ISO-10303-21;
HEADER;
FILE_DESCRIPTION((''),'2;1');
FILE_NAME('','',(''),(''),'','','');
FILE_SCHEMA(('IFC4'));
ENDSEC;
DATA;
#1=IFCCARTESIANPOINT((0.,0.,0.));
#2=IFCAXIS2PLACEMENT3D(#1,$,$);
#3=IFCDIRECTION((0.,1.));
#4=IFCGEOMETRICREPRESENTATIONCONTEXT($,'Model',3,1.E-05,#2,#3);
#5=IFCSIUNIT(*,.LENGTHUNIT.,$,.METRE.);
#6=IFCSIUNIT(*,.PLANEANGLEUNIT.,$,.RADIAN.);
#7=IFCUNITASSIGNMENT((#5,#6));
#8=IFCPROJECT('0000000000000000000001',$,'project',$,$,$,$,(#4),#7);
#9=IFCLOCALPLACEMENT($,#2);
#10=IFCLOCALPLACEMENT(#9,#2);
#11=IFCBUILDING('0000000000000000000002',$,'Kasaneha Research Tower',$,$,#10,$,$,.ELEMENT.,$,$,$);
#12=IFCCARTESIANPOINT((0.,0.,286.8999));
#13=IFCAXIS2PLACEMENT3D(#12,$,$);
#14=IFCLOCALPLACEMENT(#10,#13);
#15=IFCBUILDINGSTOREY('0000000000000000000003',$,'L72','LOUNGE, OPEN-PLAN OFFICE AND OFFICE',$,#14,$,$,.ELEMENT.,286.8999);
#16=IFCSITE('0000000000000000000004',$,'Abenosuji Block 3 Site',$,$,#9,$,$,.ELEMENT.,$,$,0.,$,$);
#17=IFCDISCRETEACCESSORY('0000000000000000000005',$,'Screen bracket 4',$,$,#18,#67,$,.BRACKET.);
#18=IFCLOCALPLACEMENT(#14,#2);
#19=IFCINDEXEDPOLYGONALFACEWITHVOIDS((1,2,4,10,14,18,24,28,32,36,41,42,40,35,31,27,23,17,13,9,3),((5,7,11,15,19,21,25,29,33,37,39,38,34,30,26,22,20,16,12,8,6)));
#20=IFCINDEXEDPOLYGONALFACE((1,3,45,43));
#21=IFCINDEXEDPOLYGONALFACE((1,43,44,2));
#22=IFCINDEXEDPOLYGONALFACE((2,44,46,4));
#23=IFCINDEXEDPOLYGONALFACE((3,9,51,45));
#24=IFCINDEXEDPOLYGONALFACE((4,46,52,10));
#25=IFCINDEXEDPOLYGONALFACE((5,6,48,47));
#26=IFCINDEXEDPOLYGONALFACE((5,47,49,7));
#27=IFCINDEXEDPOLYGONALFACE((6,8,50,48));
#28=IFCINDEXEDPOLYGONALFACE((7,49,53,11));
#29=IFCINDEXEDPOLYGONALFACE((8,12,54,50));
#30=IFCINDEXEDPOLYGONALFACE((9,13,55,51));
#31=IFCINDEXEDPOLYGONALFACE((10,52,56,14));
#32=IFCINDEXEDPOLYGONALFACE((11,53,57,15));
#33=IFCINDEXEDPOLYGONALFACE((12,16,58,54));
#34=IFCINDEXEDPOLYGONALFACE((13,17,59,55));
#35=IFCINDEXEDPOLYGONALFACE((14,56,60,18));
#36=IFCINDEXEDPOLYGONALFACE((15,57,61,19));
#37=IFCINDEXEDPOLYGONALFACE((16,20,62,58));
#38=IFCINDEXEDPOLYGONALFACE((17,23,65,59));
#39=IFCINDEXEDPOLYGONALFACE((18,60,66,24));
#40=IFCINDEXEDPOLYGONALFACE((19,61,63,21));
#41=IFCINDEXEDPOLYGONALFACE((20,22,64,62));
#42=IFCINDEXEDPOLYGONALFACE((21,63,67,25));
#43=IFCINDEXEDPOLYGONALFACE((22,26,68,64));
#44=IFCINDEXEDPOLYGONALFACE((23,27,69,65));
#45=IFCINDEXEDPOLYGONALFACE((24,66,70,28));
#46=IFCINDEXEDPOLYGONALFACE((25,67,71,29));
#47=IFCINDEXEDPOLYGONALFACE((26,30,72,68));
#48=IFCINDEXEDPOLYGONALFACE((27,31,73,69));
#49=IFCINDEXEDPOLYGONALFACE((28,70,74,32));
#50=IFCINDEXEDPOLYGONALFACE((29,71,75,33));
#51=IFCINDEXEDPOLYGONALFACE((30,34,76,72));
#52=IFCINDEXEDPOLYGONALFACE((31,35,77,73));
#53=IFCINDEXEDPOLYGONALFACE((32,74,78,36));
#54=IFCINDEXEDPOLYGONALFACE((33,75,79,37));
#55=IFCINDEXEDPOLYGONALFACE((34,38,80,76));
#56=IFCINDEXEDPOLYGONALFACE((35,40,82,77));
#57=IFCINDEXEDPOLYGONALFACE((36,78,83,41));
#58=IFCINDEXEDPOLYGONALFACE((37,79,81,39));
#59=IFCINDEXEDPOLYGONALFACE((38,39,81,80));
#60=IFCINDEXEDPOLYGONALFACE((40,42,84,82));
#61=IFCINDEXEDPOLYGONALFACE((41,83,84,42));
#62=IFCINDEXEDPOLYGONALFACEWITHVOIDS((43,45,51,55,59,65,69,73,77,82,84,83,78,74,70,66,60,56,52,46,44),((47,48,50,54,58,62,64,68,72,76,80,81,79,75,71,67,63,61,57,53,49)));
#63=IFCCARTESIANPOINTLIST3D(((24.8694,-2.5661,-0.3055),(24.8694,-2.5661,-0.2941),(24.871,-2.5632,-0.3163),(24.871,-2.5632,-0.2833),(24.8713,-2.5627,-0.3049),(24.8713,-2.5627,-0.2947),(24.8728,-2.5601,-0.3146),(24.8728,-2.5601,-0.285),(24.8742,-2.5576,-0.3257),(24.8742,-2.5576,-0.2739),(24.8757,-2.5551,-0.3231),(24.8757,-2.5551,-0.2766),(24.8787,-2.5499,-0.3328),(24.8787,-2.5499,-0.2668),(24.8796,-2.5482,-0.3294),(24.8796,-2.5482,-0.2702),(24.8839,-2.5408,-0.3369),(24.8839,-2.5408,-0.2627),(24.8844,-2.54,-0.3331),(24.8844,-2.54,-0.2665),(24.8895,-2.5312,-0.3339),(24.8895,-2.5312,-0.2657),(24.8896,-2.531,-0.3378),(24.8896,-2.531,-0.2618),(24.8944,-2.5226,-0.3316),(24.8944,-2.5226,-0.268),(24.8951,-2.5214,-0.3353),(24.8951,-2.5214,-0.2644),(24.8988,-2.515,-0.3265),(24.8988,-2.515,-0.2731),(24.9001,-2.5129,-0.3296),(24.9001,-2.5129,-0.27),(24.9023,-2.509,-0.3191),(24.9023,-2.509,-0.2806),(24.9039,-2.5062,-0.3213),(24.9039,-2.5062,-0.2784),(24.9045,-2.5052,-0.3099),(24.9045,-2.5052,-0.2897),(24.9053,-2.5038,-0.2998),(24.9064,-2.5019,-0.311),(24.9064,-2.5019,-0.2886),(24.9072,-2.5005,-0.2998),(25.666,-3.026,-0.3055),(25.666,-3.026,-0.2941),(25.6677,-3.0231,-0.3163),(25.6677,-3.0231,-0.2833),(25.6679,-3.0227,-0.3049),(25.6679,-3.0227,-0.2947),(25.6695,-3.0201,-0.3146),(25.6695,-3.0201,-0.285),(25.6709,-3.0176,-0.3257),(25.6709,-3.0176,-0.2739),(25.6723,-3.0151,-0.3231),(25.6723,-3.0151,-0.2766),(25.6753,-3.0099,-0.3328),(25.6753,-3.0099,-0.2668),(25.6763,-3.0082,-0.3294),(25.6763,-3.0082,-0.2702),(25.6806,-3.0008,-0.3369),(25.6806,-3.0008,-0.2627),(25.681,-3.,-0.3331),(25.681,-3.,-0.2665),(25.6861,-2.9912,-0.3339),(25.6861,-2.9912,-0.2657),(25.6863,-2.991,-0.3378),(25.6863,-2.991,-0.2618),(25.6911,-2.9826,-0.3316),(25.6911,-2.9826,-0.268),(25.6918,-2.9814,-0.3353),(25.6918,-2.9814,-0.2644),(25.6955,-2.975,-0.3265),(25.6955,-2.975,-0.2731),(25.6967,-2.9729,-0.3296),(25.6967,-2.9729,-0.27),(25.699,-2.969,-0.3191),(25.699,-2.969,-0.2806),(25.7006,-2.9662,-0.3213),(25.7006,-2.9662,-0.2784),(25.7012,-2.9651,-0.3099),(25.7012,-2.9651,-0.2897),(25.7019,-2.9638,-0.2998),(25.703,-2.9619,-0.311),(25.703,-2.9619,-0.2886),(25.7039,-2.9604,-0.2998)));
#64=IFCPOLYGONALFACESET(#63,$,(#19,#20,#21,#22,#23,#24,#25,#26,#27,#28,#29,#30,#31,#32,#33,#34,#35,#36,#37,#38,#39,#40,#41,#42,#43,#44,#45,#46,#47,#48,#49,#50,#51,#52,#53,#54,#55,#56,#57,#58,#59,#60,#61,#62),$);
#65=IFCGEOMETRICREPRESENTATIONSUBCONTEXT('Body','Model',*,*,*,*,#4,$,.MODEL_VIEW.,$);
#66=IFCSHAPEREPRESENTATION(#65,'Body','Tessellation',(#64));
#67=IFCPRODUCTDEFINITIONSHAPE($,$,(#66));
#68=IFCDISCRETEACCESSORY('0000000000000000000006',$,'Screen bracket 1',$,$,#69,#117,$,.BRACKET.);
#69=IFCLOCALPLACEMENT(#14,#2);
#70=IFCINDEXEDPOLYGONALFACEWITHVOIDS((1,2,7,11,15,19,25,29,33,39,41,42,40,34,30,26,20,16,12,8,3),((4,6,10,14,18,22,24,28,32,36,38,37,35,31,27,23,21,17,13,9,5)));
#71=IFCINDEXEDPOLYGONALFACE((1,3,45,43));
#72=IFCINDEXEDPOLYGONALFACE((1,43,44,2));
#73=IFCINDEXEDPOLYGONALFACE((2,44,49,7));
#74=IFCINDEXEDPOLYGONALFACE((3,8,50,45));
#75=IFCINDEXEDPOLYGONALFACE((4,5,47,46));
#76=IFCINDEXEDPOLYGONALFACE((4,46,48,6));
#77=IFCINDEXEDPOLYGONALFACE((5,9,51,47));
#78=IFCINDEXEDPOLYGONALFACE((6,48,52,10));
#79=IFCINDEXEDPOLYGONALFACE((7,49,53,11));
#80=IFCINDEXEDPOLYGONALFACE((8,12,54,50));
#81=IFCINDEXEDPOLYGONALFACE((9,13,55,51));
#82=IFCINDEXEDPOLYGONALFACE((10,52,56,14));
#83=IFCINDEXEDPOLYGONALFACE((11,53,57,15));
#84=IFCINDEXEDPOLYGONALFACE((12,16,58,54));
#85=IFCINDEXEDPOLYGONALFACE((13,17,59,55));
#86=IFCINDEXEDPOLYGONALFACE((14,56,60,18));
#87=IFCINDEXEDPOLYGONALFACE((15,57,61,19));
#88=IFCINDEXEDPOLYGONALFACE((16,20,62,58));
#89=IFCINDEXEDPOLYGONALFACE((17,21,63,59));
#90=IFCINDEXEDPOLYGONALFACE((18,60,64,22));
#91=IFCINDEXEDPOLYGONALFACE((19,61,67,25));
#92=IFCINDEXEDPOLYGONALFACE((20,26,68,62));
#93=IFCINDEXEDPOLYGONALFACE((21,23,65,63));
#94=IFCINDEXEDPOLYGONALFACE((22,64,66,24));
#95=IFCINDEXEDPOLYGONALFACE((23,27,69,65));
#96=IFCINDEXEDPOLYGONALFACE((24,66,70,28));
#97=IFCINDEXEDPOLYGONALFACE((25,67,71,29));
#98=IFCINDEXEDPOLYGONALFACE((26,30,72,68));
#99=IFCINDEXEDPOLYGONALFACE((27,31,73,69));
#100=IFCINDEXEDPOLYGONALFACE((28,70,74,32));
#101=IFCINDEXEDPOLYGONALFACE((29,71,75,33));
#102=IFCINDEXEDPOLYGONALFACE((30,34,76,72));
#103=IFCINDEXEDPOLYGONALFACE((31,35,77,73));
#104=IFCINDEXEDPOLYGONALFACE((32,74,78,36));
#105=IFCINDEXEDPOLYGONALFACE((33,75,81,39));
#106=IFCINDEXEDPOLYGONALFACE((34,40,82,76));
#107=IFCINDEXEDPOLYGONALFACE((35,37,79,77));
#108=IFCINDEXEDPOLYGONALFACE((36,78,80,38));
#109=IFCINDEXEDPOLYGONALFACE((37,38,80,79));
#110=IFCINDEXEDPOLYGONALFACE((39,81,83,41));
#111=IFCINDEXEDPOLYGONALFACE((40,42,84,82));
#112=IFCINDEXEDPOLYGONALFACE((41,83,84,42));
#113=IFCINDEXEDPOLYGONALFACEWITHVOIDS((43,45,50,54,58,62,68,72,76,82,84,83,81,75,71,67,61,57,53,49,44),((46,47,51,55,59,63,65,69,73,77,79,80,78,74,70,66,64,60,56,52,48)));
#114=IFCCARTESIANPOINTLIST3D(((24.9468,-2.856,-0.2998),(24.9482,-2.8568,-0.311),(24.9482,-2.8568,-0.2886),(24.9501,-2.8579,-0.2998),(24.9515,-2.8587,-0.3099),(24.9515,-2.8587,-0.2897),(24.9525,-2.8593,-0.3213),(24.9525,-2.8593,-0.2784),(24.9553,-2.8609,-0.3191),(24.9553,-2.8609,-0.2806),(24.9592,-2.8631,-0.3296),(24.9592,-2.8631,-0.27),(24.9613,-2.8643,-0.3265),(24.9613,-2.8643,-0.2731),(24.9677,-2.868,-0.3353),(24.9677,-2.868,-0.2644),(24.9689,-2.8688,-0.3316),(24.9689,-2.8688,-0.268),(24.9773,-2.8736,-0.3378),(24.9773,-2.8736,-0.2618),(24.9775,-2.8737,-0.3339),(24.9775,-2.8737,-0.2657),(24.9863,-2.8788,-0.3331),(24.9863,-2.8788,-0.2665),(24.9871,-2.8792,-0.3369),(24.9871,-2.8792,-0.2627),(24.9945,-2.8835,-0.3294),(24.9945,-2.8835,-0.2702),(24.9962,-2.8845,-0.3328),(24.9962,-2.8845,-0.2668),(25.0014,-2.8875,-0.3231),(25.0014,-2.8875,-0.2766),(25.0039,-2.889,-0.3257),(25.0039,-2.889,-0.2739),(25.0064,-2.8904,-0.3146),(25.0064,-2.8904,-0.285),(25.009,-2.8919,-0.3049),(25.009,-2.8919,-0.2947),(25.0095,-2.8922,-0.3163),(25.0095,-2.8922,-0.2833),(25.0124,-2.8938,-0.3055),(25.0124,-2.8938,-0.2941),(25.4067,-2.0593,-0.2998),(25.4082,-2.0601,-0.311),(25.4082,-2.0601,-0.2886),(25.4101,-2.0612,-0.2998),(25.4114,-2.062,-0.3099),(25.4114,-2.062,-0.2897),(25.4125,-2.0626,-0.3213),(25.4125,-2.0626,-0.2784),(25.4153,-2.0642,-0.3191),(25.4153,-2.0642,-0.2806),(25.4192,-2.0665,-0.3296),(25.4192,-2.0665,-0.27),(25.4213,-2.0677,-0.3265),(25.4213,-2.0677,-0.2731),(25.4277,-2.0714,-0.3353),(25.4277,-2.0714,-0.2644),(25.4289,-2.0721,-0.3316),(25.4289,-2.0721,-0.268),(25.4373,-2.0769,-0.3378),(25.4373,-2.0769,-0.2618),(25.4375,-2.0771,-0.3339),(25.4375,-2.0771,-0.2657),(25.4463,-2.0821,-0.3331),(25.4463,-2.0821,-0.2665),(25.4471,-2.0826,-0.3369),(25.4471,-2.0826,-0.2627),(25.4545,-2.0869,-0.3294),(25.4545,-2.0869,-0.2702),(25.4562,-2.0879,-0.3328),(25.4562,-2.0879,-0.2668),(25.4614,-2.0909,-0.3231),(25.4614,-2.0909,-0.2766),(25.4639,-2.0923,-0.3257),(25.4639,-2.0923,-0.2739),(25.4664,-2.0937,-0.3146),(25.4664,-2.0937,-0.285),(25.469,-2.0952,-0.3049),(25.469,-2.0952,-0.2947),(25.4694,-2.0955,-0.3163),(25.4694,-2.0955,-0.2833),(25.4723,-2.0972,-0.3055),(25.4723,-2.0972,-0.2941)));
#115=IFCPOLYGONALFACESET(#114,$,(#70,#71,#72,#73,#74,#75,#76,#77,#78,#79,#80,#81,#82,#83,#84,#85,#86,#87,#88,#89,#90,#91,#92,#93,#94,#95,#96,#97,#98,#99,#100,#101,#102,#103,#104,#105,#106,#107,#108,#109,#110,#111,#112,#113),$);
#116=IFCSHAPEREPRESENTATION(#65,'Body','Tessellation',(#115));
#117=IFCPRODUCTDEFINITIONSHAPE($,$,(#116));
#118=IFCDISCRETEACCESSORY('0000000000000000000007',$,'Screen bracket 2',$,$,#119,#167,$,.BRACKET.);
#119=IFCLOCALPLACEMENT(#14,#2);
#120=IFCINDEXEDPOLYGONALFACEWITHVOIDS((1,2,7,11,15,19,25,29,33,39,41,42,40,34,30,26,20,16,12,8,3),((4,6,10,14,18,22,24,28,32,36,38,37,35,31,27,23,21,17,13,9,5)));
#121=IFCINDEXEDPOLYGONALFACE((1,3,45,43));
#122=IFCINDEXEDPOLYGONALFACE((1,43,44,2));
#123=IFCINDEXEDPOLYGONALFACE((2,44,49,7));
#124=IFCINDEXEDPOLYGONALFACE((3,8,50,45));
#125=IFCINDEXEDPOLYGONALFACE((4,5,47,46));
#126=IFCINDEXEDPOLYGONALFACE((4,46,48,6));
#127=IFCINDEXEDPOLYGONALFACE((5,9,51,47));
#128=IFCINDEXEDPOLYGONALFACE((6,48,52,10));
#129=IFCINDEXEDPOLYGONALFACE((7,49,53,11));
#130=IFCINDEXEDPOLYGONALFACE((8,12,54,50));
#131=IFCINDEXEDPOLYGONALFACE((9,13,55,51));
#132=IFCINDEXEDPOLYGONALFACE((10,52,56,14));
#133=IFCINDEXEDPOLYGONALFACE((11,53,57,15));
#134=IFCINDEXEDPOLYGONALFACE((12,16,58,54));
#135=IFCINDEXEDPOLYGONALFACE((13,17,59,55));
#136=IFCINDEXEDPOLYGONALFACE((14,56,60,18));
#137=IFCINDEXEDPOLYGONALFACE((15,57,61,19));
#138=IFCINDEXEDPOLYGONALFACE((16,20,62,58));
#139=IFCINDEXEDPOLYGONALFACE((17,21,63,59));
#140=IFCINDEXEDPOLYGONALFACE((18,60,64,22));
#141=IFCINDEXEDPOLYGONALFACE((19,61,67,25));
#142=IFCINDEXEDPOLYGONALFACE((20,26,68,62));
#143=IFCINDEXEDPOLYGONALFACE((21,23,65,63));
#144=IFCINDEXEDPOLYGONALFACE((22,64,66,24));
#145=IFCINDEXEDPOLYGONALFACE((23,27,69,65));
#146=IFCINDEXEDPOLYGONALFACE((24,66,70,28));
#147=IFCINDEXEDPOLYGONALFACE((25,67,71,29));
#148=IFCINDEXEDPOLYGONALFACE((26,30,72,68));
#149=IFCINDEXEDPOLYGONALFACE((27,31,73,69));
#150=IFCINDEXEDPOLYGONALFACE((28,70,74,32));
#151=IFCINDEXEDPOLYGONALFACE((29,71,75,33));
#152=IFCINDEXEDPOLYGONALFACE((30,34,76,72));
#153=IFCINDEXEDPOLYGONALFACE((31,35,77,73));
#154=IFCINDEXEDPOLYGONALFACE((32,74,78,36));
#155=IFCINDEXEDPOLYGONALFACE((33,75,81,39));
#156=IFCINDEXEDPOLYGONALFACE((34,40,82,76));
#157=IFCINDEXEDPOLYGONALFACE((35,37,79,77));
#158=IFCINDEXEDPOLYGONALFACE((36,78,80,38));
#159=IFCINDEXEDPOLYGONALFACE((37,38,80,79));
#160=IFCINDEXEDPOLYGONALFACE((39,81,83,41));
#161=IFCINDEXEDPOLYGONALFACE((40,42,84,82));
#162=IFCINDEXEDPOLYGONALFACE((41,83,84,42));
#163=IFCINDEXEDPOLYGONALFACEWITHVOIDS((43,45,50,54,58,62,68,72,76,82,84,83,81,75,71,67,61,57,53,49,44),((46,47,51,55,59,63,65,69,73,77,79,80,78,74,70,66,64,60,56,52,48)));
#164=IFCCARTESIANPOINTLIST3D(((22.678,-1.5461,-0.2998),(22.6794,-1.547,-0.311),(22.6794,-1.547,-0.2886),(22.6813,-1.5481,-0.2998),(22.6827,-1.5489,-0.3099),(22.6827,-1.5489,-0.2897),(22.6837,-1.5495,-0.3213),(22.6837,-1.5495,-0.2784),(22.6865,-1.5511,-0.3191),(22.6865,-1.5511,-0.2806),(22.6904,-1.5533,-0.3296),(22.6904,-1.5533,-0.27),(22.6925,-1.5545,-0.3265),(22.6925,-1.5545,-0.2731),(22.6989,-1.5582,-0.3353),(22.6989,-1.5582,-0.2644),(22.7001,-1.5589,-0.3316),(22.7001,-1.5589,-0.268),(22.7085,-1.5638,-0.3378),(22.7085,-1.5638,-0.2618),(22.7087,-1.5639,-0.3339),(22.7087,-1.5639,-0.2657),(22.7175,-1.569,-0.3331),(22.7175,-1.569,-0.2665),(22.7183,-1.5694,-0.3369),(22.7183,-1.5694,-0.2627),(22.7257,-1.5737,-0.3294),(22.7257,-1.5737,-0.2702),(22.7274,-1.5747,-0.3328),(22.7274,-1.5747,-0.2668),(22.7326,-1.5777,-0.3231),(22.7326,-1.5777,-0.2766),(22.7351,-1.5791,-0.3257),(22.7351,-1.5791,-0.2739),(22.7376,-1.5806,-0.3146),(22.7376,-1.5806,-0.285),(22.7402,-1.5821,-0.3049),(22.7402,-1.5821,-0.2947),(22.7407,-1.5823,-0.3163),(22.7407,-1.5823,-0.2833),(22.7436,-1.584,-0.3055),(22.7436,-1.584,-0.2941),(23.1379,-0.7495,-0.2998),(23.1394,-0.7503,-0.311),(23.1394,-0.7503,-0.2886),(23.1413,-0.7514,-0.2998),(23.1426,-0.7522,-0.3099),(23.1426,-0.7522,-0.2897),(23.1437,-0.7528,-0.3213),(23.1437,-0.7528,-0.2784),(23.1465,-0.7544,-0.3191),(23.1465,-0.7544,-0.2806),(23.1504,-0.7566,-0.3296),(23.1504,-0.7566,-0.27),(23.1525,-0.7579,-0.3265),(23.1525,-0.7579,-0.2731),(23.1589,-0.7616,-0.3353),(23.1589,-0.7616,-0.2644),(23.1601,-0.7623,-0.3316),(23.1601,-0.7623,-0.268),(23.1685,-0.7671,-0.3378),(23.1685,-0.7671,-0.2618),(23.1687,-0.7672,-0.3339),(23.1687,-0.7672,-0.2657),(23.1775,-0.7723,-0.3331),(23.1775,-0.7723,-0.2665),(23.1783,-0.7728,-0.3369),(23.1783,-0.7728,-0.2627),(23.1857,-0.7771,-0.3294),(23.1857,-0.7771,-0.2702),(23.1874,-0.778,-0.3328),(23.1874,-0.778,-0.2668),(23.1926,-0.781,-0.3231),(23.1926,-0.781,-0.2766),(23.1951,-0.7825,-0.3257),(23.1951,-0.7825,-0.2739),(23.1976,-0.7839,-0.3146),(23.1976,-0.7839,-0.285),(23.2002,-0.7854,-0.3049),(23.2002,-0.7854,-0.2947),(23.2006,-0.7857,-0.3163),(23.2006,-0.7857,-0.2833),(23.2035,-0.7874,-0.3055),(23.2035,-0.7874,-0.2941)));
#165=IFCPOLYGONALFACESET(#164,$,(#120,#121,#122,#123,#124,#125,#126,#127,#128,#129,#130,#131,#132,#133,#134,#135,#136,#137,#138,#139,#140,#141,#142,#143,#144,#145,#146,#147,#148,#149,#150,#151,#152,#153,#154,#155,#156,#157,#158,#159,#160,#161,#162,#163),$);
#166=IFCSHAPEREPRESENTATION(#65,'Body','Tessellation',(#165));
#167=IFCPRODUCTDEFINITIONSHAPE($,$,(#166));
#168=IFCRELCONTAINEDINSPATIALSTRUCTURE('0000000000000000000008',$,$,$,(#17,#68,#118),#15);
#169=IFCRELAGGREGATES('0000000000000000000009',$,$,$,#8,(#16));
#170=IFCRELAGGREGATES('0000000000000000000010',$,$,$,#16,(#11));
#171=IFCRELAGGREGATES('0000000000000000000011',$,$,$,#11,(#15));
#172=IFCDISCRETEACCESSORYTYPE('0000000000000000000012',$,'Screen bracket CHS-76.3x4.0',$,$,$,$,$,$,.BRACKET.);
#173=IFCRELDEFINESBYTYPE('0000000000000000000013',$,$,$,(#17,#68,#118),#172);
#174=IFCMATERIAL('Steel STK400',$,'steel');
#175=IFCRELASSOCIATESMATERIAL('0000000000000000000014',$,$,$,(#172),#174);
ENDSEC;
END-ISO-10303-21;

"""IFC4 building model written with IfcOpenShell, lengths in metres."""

from ifc_helpers import new_model, si_unit, direction, frame, origin, origin_2d, place, context, subcontext, project, spatial, hollow_circle, extrude, material, material_profile, profile_set, type_object, element, save


model = new_model("IFC4")

# Units and contexts
model_context = context("Model", 3, precision=1e-05, world=origin(), true_north=direction((0.0, 1.0)))
body_context = subcontext(model_context, "Body", "Model", "MODEL_VIEW")
ifc_project = project(units=[si_unit("LENGTHUNIT", "METRE"), si_unit("PLANEANGLEUNIT", "RADIAN")], contexts=[model_context])

# Site, building, storey
site_placement = place(None, origin())
site = spatial("IfcSite", under=ifc_project, at=site_placement, Name="Abenosuji Block 3 Site", CompositionType="ELEMENT", RefElevation=0.0)
building_placement = place(site_placement, origin())
building = spatial("IfcBuilding", under=site, at=building_placement, Name="Kasaneha Research Tower", CompositionType="ELEMENT")
storey_placement = place(building_placement, frame((0.0, 0.0, 286.8999)))
storey = spatial("IfcBuildingStorey", under=building, at=storey_placement, Name="L72", Description="LOUNGE, OPEN-PLAN OFFICE AND OFFICE", CompositionType="ELEMENT", Elevation=286.8999)

# Discrete accessories
ifc_material_1 = material(Name="Steel STK400", Category="steel")
ifc_material_profile_1 = material_profile(ifc_material_1, hollow_circle(Radius=0.0381, WallThickness=0.0039, at=origin_2d()), Name="CHS-76.3x4.0")
ifc_profile_set_1 = profile_set([ifc_material_profile_1], Name="Steel STK400")
discrete_accessory_type = type_object("IfcDiscreteAccessoryType", Name="Screen bracket CHS-76.3x4.0", PredefinedType="BRACKET", material=ifc_profile_set_1)
for number, where, z_axis, x_axis, name in (
    (1, (24.8882, -2.5334, -0.2998), (0.866013, -0.500021, 0.0), (0.500021, 0.866013, 0.0), "Screen bracket 4"),
    (2, (24.9797, -2.875, -0.2998), (0.500021, 0.866013, 0.0), (-0.866013, 0.500021, 0.0), "Screen bracket 1"),
    (3, (22.7109, -1.5652, -0.2998), (0.500021, 0.866013, 0.0), (-0.866013, 0.500021, 0.0), "Screen bracket 2"),
):
    element("IfcDiscreteAccessory", number, at=place(storey_placement, frame(where, z_axis=z_axis, x_axis=x_axis)), inside=storey, type_object=discrete_accessory_type, Name=name, PredefinedType="BRACKET", context=body_context, shape_type="SweptSolid", body=[
        extrude(hollow_circle(Radius=0.0381, WallThickness=0.0039, at=origin_2d()), origin(), (0.0, 0.0, 1.0), 0.9199),
    ])

save(model, "model.ifc")
